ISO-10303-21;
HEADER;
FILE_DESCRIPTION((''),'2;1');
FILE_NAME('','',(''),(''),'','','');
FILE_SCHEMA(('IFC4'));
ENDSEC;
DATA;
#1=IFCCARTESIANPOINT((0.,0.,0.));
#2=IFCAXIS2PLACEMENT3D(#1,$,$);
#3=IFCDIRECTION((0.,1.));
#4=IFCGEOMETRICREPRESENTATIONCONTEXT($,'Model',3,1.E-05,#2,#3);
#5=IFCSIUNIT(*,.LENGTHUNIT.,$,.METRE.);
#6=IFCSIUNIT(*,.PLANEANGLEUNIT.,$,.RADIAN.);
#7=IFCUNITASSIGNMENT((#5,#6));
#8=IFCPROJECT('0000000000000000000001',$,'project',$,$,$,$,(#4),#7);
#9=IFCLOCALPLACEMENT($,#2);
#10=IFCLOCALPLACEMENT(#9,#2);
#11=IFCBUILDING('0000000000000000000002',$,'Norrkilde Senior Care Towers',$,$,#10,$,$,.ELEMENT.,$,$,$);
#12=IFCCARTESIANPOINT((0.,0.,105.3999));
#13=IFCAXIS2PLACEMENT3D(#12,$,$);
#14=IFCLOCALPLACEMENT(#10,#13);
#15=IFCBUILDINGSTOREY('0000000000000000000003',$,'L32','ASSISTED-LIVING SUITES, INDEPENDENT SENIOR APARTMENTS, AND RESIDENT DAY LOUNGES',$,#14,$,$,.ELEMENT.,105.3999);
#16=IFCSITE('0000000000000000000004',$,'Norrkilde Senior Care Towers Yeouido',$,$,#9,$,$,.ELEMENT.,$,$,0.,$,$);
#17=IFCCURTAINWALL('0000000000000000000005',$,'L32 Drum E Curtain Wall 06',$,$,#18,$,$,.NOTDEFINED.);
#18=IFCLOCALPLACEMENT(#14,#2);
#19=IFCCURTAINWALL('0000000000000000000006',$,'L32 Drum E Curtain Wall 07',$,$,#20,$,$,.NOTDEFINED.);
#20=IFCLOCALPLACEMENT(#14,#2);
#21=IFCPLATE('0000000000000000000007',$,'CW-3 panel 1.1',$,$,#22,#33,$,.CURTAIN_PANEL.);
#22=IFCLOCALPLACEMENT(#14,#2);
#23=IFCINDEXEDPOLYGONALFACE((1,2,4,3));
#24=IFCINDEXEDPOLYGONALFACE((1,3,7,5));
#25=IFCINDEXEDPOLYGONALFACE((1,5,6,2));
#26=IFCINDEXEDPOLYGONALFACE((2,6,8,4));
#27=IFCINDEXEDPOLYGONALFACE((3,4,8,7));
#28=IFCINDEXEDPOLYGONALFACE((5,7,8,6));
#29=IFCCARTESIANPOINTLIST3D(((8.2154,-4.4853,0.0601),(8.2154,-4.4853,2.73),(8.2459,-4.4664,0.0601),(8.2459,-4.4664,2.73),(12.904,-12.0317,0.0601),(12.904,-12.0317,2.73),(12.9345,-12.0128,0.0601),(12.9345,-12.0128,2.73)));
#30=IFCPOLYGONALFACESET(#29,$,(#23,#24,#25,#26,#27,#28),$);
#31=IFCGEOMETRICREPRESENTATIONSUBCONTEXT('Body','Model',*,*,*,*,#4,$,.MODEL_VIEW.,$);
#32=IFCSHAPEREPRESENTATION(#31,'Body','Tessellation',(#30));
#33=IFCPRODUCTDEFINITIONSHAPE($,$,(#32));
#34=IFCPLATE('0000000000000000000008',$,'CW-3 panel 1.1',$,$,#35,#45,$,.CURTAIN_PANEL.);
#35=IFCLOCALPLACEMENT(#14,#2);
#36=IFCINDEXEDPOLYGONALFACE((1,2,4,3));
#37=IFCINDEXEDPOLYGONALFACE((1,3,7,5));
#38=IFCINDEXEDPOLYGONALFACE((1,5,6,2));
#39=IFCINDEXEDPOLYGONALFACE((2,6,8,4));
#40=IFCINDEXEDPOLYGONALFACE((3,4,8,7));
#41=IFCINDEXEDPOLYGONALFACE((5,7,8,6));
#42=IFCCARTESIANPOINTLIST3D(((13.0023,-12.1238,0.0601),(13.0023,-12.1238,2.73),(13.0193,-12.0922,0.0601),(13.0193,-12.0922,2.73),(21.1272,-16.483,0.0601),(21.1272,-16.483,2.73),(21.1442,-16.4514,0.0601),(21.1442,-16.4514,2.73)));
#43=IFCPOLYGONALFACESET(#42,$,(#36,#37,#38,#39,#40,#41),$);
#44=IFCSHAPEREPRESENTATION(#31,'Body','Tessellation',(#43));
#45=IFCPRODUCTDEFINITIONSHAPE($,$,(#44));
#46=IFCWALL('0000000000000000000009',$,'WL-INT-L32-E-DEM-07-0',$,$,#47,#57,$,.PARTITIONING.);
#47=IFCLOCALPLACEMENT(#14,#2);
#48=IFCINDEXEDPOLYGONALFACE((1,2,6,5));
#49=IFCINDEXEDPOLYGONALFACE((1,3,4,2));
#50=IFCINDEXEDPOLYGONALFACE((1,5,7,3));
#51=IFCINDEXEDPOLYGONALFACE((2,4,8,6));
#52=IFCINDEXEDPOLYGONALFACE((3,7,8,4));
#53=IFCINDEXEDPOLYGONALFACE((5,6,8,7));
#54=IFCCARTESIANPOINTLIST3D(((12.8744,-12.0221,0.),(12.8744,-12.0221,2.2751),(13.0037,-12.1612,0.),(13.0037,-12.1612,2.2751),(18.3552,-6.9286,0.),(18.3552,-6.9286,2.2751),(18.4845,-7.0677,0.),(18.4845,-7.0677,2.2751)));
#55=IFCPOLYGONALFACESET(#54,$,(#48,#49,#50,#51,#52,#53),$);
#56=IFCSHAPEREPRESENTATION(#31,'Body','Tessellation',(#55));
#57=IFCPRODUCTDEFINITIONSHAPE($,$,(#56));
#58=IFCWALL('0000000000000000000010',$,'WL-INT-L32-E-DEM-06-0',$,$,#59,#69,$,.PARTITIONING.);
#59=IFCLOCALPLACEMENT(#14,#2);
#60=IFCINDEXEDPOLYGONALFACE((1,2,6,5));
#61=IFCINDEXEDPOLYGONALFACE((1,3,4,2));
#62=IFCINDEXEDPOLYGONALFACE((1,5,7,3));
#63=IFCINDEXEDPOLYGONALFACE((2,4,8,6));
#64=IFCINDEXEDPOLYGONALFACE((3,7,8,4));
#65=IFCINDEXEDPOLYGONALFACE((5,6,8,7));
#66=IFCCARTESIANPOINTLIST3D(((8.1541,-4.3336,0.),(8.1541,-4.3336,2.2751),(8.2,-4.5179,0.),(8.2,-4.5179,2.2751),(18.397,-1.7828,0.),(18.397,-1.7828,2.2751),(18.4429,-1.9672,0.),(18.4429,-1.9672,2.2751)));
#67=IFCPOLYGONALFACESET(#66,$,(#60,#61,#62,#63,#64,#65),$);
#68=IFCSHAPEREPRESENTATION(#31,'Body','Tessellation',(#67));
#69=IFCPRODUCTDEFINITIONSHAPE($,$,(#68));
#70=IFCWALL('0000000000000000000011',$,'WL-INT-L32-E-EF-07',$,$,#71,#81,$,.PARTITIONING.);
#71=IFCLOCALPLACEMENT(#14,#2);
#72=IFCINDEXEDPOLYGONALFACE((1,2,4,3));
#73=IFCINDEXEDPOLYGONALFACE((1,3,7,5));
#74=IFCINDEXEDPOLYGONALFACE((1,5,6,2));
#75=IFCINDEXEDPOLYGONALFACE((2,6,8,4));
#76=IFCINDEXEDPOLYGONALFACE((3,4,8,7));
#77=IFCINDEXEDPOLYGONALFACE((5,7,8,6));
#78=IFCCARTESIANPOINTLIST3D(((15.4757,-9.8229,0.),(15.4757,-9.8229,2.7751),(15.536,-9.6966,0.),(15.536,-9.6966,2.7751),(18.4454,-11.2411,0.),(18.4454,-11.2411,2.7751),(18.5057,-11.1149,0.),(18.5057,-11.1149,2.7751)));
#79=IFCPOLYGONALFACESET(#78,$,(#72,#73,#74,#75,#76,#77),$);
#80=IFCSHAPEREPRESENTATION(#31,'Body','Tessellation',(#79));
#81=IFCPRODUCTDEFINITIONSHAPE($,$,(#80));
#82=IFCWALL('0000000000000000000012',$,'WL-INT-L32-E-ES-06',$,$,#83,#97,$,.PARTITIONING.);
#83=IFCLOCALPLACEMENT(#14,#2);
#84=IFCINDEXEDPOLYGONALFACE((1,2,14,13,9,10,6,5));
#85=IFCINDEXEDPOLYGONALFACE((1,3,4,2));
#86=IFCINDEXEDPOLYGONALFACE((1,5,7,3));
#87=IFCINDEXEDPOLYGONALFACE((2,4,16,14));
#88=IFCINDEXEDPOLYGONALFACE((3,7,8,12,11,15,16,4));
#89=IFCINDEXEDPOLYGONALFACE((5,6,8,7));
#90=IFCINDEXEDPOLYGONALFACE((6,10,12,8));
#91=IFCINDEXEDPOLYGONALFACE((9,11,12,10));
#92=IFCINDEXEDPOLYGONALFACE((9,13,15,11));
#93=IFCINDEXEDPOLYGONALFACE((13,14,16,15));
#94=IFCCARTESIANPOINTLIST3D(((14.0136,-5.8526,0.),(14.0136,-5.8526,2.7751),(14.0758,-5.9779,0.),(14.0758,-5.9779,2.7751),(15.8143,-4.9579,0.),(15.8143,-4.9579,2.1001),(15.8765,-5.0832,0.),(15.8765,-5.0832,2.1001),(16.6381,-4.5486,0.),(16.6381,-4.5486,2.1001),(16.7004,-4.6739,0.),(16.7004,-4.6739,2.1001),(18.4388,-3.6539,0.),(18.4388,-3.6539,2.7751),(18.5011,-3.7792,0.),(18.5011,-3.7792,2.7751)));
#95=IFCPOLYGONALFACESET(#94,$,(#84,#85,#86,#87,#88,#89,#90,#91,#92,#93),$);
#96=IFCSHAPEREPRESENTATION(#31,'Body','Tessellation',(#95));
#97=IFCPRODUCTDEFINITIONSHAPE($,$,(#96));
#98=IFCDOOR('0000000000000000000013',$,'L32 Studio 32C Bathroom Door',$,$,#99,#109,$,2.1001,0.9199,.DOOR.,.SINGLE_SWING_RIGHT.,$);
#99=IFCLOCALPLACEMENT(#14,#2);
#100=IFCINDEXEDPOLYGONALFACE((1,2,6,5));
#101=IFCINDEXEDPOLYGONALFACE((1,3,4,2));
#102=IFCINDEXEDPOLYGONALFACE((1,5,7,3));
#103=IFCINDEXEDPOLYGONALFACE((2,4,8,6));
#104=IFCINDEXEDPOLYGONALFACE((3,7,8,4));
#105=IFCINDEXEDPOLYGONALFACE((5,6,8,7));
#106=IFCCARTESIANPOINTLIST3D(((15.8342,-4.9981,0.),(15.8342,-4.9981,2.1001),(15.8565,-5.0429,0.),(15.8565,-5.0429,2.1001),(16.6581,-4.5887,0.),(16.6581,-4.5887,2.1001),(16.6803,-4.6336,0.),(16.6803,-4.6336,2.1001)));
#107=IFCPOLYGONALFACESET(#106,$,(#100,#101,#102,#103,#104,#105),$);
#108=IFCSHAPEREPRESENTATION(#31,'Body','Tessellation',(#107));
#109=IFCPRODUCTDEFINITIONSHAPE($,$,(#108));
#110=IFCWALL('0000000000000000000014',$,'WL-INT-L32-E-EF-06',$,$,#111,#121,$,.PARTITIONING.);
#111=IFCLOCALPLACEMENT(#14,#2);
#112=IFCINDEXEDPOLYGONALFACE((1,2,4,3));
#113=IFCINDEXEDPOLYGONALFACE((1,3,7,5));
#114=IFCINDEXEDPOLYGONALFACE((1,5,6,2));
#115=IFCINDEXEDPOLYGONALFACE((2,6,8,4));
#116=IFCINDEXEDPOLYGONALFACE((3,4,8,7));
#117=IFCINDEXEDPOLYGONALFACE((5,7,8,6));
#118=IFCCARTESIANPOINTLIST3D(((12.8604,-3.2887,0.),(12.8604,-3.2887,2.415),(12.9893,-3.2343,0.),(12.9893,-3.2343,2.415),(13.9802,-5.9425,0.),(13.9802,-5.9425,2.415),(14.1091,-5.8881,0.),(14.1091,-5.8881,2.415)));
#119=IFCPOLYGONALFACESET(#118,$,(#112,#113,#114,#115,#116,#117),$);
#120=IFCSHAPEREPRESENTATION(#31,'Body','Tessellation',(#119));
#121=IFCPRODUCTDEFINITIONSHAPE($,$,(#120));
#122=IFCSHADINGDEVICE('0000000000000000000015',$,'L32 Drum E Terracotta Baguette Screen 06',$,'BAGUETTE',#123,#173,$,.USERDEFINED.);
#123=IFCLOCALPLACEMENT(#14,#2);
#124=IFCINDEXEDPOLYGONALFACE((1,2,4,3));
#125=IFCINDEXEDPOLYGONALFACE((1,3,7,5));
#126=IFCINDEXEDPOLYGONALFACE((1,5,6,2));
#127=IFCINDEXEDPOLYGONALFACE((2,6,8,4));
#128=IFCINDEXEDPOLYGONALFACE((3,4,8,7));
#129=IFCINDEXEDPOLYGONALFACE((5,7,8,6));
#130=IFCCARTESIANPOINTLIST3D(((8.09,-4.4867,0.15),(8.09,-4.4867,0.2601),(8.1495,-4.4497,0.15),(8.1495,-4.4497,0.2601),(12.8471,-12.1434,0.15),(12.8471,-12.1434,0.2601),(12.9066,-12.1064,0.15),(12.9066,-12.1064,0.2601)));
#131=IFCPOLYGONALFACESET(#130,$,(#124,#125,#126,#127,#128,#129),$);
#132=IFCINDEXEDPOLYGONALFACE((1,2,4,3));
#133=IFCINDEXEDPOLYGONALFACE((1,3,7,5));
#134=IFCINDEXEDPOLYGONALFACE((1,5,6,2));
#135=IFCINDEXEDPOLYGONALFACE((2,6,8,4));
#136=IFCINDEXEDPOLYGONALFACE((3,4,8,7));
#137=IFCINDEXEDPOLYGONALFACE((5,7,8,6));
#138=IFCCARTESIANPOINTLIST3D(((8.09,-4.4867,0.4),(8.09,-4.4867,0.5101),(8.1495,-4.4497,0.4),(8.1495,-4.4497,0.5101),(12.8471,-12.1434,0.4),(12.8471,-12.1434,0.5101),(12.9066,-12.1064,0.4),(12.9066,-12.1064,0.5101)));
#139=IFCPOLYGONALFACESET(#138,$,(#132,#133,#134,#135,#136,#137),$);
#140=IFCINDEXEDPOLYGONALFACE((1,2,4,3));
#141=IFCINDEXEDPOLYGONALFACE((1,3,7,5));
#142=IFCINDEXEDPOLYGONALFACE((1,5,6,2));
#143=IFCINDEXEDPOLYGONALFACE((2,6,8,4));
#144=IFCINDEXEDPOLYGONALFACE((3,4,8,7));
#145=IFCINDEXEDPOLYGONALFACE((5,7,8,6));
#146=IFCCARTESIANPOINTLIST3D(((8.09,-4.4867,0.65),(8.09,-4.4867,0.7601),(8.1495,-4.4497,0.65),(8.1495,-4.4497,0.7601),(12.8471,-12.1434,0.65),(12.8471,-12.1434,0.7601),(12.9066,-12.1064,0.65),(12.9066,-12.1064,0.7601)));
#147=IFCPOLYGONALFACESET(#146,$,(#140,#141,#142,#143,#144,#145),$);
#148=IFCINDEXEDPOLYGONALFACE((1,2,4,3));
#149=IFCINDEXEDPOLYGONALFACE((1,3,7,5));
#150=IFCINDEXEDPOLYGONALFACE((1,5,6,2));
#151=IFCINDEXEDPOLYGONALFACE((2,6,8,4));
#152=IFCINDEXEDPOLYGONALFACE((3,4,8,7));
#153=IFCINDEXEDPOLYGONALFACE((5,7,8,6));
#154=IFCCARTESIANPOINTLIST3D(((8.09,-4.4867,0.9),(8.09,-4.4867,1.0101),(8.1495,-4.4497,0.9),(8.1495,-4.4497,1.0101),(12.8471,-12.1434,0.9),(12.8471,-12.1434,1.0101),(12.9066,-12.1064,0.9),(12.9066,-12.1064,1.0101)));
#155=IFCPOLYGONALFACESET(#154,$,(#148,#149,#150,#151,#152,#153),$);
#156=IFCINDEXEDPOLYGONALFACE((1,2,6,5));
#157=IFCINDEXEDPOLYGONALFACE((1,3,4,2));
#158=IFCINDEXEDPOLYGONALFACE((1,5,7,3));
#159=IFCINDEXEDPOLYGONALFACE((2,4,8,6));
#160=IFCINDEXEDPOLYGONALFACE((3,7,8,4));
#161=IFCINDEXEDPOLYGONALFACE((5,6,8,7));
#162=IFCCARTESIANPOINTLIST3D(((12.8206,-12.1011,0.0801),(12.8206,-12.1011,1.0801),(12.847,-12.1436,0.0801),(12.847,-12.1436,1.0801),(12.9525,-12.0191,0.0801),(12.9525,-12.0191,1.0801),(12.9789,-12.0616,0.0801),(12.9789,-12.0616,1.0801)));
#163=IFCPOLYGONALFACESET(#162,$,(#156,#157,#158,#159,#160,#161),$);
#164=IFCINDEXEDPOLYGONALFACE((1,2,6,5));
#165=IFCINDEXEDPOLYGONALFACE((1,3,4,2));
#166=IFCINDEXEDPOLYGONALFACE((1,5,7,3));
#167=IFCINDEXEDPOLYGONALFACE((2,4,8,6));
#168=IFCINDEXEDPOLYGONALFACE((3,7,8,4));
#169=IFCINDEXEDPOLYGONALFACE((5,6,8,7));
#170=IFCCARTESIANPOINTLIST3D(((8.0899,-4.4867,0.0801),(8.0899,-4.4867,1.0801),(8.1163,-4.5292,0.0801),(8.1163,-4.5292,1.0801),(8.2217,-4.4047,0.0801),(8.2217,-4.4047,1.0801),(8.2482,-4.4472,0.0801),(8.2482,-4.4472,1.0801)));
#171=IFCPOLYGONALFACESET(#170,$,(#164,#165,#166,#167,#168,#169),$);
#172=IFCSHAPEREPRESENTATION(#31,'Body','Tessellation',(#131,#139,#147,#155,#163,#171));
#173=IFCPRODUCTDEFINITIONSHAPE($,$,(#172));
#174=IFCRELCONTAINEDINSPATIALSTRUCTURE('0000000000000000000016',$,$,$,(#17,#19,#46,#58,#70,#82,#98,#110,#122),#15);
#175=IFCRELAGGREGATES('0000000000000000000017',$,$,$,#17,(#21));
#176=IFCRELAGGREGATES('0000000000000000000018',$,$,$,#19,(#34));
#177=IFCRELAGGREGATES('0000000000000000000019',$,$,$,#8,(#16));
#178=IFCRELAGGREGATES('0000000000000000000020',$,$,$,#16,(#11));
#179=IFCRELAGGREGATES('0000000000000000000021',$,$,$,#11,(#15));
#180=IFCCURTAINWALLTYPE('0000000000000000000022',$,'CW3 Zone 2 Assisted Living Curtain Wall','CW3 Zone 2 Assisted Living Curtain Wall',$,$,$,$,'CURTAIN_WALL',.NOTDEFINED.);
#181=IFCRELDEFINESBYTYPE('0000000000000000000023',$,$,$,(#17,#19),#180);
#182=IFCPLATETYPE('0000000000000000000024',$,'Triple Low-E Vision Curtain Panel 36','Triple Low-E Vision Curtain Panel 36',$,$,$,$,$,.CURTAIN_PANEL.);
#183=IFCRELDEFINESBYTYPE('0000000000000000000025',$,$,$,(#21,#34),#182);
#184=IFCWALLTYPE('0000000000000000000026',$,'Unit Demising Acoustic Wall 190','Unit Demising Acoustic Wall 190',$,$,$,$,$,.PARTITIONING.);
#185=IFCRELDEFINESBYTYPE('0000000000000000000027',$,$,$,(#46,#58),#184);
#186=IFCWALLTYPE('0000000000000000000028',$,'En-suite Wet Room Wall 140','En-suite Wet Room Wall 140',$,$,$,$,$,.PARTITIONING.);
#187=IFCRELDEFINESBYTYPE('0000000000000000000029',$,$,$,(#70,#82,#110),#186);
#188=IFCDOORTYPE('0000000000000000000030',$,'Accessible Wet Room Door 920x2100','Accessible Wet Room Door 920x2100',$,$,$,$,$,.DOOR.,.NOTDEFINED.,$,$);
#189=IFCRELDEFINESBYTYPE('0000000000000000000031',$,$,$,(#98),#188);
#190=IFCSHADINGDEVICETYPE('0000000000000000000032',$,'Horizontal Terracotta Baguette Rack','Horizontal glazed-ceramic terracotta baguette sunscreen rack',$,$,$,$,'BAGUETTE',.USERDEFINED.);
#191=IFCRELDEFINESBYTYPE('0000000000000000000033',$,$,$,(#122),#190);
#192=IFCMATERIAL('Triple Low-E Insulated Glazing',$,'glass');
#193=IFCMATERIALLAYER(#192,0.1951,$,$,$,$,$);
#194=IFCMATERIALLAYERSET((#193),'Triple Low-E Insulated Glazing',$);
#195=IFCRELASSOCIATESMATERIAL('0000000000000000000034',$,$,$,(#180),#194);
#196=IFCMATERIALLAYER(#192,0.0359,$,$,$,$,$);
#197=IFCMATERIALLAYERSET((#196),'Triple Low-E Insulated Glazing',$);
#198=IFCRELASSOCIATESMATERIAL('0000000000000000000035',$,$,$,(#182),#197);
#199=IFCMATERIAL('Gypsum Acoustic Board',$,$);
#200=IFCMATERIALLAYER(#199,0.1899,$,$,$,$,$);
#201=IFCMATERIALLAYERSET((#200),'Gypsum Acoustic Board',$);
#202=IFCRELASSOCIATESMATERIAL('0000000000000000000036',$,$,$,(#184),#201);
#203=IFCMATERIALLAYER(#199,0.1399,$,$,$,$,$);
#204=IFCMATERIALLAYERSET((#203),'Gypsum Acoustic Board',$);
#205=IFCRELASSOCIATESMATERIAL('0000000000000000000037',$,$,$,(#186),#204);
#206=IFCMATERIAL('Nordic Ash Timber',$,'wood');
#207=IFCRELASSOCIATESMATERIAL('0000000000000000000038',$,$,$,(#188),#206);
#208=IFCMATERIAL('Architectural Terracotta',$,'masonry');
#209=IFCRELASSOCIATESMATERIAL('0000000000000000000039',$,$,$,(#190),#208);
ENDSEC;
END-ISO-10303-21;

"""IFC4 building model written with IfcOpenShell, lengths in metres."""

from ifc_helpers import new_model, si_unit, direction, frame, frame_2d, origin, origin_2d, place, context, subcontext, project, spatial, rectangle, extrude, source, transform, mapped, material, layer, layer_set, type_object, type_shapes, element, fill, aggregate, save


model = new_model("IFC4")

# Units and contexts
model_context = context("Model", 3, precision=1e-05, world=origin(), true_north=direction((0.0, 1.0)))
body_context = subcontext(model_context, "Body", "Model", "MODEL_VIEW")
ifc_project = project(units=[si_unit("LENGTHUNIT", "METRE"), si_unit("PLANEANGLEUNIT", "RADIAN")], contexts=[model_context])

# Site, building, storey
site_placement = place(None, origin())
site = spatial("IfcSite", under=ifc_project, at=site_placement, Name="Norrkilde Senior Care Towers Yeouido", CompositionType="ELEMENT", RefElevation=0.0)
building_placement = place(site_placement, origin())
building = spatial("IfcBuilding", under=site, at=building_placement, Name="Norrkilde Senior Care Towers", CompositionType="ELEMENT")
storey_placement = place(building_placement, frame((0.0, 0.0, 105.3999)))
storey = spatial("IfcBuildingStorey", under=building, at=storey_placement, Name="L32", Description="ASSISTED-LIVING SUITES, INDEPENDENT SENIOR APARTMENTS, AND RESIDENT DAY LOUNGES", CompositionType="ELEMENT", Elevation=105.3999)

# Shared definitions
ifc_material_1 = material(Name="Triple Low-E Insulated Glazing", Category="glass")
ifc_layer_1 = layer(ifc_material_1, 0.1951)
ifc_layer_set_1 = layer_set([ifc_layer_1], Name="Triple Low-E Insulated Glazing")
curtain_wall_type = type_object("IfcCurtainWallType", Name="CW3 Zone 2 Assisted Living Curtain Wall", Description="CW3 Zone 2 Assisted Living Curtain Wall", ElementType="CURTAIN_WALL", PredefinedType="NOTDEFINED", material=ifc_layer_set_1)

# Curtain wall
curtain_wall_1_placement = place(storey_placement, origin())
curtain_wall_1 = element("IfcCurtainWall", 1, at=curtain_wall_1_placement, inside=storey, type_object=curtain_wall_type, Name="L32 Drum E Curtain Wall 06", PredefinedType="NOTDEFINED")

# Curtain wall
curtain_wall_2_placement = place(storey_placement, origin())
curtain_wall_2 = element("IfcCurtainWall", 2, at=curtain_wall_2_placement, inside=storey, type_object=curtain_wall_type, Name="L32 Drum E Curtain Wall 07", PredefinedType="NOTDEFINED")

# Plates
ifc_layer_2 = layer(ifc_material_1, 0.0359)
ifc_layer_set_2 = layer_set([ifc_layer_2], Name="Triple Low-E Insulated Glazing")
plate_type = type_object("IfcPlateType", Name="Triple Low-E Vision Curtain Panel 36", Description="Triple Low-E Vision Curtain Panel 36", PredefinedType="CURTAIN_PANEL", material=ifc_layer_set_2)
shared_shape_1 = source(origin(), body_context, "Body", "SweptSolid", [
    extrude(rectangle(XDim=8.8843, YDim=0.0359, at=origin_2d()), origin(), (0.0, 0.0, 1.0), 2.6699),
])
plate_1_placement = place(storey_placement, frame((10.575, -8.249, 0.0601), z_axis=(0.0, 0.0, 1.0), x_axis=(-0.527733, 0.84941, 0.0)))
plate_1 = element("IfcPlate", 3, at=plate_1_placement, type_object=plate_type, Name="CW-3 panel 1.1", PredefinedType="CURTAIN_PANEL", context=body_context, shape_type="MappedRepresentation", body=[
    mapped(shared_shape_1, transform((0.0, 0.0, 0.0), x_axis=(1.0, 0.0, 0.0), y_axis=(0.0, 1.0, 0.0), z_axis=(0.0, 0.0, 1.0), scale=1.0)),
])
aggregate(curtain_wall_1, [plate_1])
shared_shape_2 = source(origin(), body_context, "Body", "SweptSolid", [
    extrude(rectangle(XDim=9.2205, YDim=0.0359, at=origin_2d()), origin(), (0.0, 0.0, 1.0), 2.6699),
])
type_shapes(plate_type, [shared_shape_1, shared_shape_2])
plate_2_placement = place(storey_placement, frame((17.0732, -14.2876, 0.0601), z_axis=(0.0, 0.0, 1.0), x_axis=(-0.881186, 0.472769, 0.0)))
plate_2 = element("IfcPlate", 4, at=plate_2_placement, type_object=plate_type, Name="CW-3 panel 1.1", PredefinedType="CURTAIN_PANEL", context=body_context, shape_type="MappedRepresentation", body=[
    mapped(shared_shape_2, transform((0.0, 0.0, 0.0), x_axis=(1.0, 0.0, 0.0), y_axis=(0.0, 1.0, 0.0), z_axis=(0.0, 0.0, 1.0), scale=1.0)),
])
aggregate(curtain_wall_2, [plate_2])

# Shared definitions
ifc_material_2 = material(Name="Gypsum Acoustic Board")
ifc_material_3 = material(Name="Nordic Ash Timber", Category="wood")

# Walls
ifc_layer_3 = layer(ifc_material_2, 0.1899)
ifc_layer_set_3 = layer_set([ifc_layer_3], Name="Gypsum Acoustic Board")
wall_type_1 = type_object("IfcWallType", Name="Unit Demising Acoustic Wall 190", Description="Unit Demising Acoustic Wall 190", PredefinedType="PARTITIONING", material=ifc_layer_set_3)
shared_shape_3 = source(origin(), body_context, "Body", "SweptSolid", [
    extrude(rectangle(XDim=7.4822, YDim=0.1899, at=frame_2d((3.7412, 0.0))), origin(), (0.0, 0.0, 1.0), 2.2751),
])
wall_1_placement = place(storey_placement, frame((18.4199, -6.998, 0.0), z_axis=(0.0, 0.0, 1.0), x_axis=(-0.732509, -0.680758, 0.0)))
element("IfcWall", 5, at=wall_1_placement, inside=storey, type_object=wall_type_1, Name="WL-INT-L32-E-DEM-07-0", PredefinedType="PARTITIONING", context=body_context, shape_type="MappedRepresentation", body=[
    mapped(shared_shape_3, transform((0.0, 0.0, 0.0), x_axis=(1.0, 0.0, 0.0), y_axis=(0.0, 1.0, 0.0), z_axis=(0.0, 0.0, 1.0), scale=1.0)),
])
shared_shape_4 = source(origin(), body_context, "Body", "SweptSolid", [
    extrude(rectangle(XDim=10.5557, YDim=0.1899, at=frame_2d((5.2778, 0.0))), origin(), (0.0, 0.0, 1.0), 2.2751),
])
type_shapes(wall_type_1, [shared_shape_3, shared_shape_4])
wall_2_placement = place(storey_placement, frame((18.4199, -1.875, 0.0), z_axis=(0.0, 0.0, 1.0), x_axis=(-0.970364, -0.241648, 0.0)))
element("IfcWall", 6, at=wall_2_placement, inside=storey, type_object=wall_type_1, Name="WL-INT-L32-E-DEM-06-0", PredefinedType="PARTITIONING", context=body_context, shape_type="MappedRepresentation", body=[
    mapped(shared_shape_4, transform((0.0, 0.0, 0.0), x_axis=(1.0, 0.0, 0.0), y_axis=(0.0, 1.0, 0.0), z_axis=(0.0, 0.0, 1.0), scale=1.0)),
])
ifc_layer_4 = layer(ifc_material_2, 0.1399)
ifc_layer_set_4 = layer_set([ifc_layer_4], Name="Gypsum Acoustic Board")
wall_type_2 = type_object("IfcWallType", Name="En-suite Wet Room Wall 140", Description="En-suite Wet Room Wall 140", PredefinedType="PARTITIONING", material=ifc_layer_set_4)
shared_shape_5 = source(origin(), body_context, "Body", "SweptSolid", [
    extrude(rectangle(XDim=3.291, YDim=0.1399, at=frame_2d((1.6455, 0.0))), origin(), (0.0, 0.0, 1.0), 2.7751),
])
wall_3_placement = place(storey_placement, frame((18.4756, -11.178, 0.0), z_axis=(0.0, 0.0, 1.0), x_axis=(-0.902381, 0.430938, 0.0)))
element("IfcWall", 7, at=wall_3_placement, inside=storey, type_object=wall_type_2, Name="WL-INT-L32-E-EF-07", PredefinedType="PARTITIONING", context=body_context, shape_type="MappedRepresentation", body=[
    mapped(shared_shape_5, transform((0.0, 0.0, 0.0), x_axis=(1.0, 0.0, 0.0), y_axis=(0.0, 1.0, 0.0), z_axis=(0.0, 0.0, 1.0), scale=1.0)),
])

# Wall, opening, door
shared_shape_6 = source(origin(), body_context, "Body", "SweptSolid", [
    extrude(rectangle(XDim=4.9414, YDim=0.1399, at=frame_2d((2.4707, 0.0))), origin(), (0.0, 0.0, 1.0), 2.7751),
])
wall_4_placement = place(storey_placement, frame((18.47, -3.7166, 0.0), z_axis=(0.0, 0.0, 1.0), x_axis=(-0.895551, -0.444959, 0.0)))
wall_4 = element("IfcWall", 8, at=wall_4_placement, inside=storey, type_object=wall_type_2, Name="WL-INT-L32-E-ES-06", PredefinedType="PARTITIONING", context=body_context, shape_type="MappedRepresentation", body=[
    mapped(shared_shape_6, transform((0.0, 0.0, 0.0), x_axis=(1.0, 0.0, 0.0), y_axis=(0.0, 1.0, 0.0), z_axis=(0.0, 0.0, 1.0), scale=1.0)),
])
opening_1_placement = place(wall_4_placement, frame((2.0107, 0.0, 0.0)))
opening_1 = element("IfcOpeningElement", 9, at=opening_1_placement, cuts=wall_4, PredefinedType="OPENING", context=body_context, shape_type="SweptSolid", body=[
    extrude(rectangle(XDim=0.9199, YDim=2.1001, at=frame_2d((0.46, 1.05))), frame((0.0, 0.0798, 0.0), z_axis=(0.0, -1.0, 0.0), x_axis=(1.0, 0.0, 0.0)), (0.0, 0.0, 1.0), 0.1599),
])
door_type_1 = type_object("IfcDoorType", Name="Accessible Wet Room Door 920x2100", Description="Accessible Wet Room Door 920x2100", OperationType="NOTDEFINED", PredefinedType="DOOR", material=ifc_material_3)
shared_shape_7 = source(origin(), body_context, "Body", "SweptSolid", [
    extrude(rectangle(XDim=0.9199, YDim=2.1001, at=frame_2d((0.46, 1.05))), frame((0.0, 0.0249, 0.0), z_axis=(0.0, -1.0, 0.0), x_axis=(1.0, 0.0, 0.0)), (0.0, 0.0, 1.0), 0.05),
])
type_shapes(door_type_1, [shared_shape_7])
door_1_placement = place(opening_1_placement, origin())
door_1 = element("IfcDoor", 10, at=door_1_placement, inside=storey, type_object=door_type_1, Name="L32 Studio 32C Bathroom Door", OperationType="SINGLE_SWING_RIGHT", OverallHeight=2.1001, OverallWidth=0.9199, PredefinedType="DOOR", context=body_context, shape_type="MappedRepresentation", body=[
    mapped(shared_shape_7, transform((0.0, 0.0, 0.0), x_axis=(1.0, 0.0, 0.0), y_axis=(0.0, 1.0, 0.0), z_axis=(0.0, 0.0, 1.0), scale=1.0)),
])
fill(opening_1, door_1)

# Wall
shared_shape_8 = source(origin(), body_context, "Body", "SweptSolid", [
    extrude(rectangle(XDim=2.8804, YDim=0.1399, at=frame_2d((1.4402, 0.0))), origin(), (0.0, 0.0, 1.0), 2.415),
])
type_shapes(wall_type_2, [shared_shape_5, shared_shape_6, shared_shape_8])
wall_5_placement = place(storey_placement, frame((14.0447, -5.9153, 0.0), z_axis=(0.0, 0.0, 1.0), x_axis=(-0.388788, 0.921327, 0.0)))
element("IfcWall", 11, at=wall_5_placement, inside=storey, type_object=wall_type_2, Name="WL-INT-L32-E-EF-06", PredefinedType="PARTITIONING", context=body_context, shape_type="MappedRepresentation", body=[
    mapped(shared_shape_8, transform((0.0, 0.0, 0.0), x_axis=(1.0, 0.0, 0.0), y_axis=(0.0, 1.0, 0.0), z_axis=(0.0, 0.0, 1.0), scale=1.0)),
])

# Shading device
ifc_material_4 = material(Name="Architectural Terracotta", Category="masonry")
shading_device_type = type_object("IfcShadingDeviceType", Name="Horizontal Terracotta Baguette Rack", Description="Horizontal glazed-ceramic terracotta baguette sunscreen rack", ElementType="BAGUETTE", PredefinedType="USERDEFINED", material=ifc_material_4)
shared_shape_9 = source(origin(), body_context, "Body", "SweptSolid", [
    extrude(rectangle(XDim=0.0701, YDim=0.1101, at=origin_2d()), frame((0.0, 0.0901, 0.125), z_axis=(1.0, 0.0, 0.0), x_axis=(0.0, 1.0, 0.0)), (0.0, 0.0, 1.0), 9.0142),
    extrude(rectangle(XDim=0.0701, YDim=0.1101, at=origin_2d()), frame((0.0, 0.0901, 0.375), z_axis=(1.0, 0.0, 0.0), x_axis=(0.0, 1.0, 0.0)), (0.0, 0.0, 1.0), 9.0142),
    extrude(rectangle(XDim=0.0701, YDim=0.1101, at=origin_2d()), frame((0.0, 0.0901, 0.625), z_axis=(1.0, 0.0, 0.0), x_axis=(0.0, 1.0, 0.0)), (0.0, 0.0, 1.0), 9.0142),
    extrude(rectangle(XDim=0.0701, YDim=0.1101, at=origin_2d()), frame((0.0, 0.0901, 0.875), z_axis=(1.0, 0.0, 0.0), x_axis=(0.0, 1.0, 0.0)), (0.0, 0.0, 1.0), 9.0142),
    extrude(rectangle(XDim=0.05, YDim=0.1553, at=origin_2d()), frame((0.0249, 0.0476, 0.0)), (0.0, 0.0, 1.0), 1.0),
    extrude(rectangle(XDim=0.05, YDim=0.1553, at=origin_2d()), frame((8.9893, 0.0476, 0.0)), (0.0, 0.0, 1.0), 1.0),
])
type_shapes(shading_device_type, [shared_shape_9])
shading_device_placement = place(storey_placement, frame((12.9534, -12.0774, 0.0801), z_axis=(0.0, 0.0, 1.0), x_axis=(-0.527734, 0.849412, 0.0)))
element("IfcShadingDevice", 12, at=shading_device_placement, inside=storey, type_object=shading_device_type, Name="L32 Drum E Terracotta Baguette Screen 06", ObjectType="BAGUETTE", PredefinedType="USERDEFINED", context=body_context, shape_type="MappedRepresentation", body=[
    mapped(shared_shape_9, transform((0.0, 0.0, 0.0), x_axis=(1.0, 0.0, 0.0), y_axis=(0.0, 1.0, 0.0), z_axis=(0.0, 0.0, 1.0), scale=1.0)),
])

save(model, "model.ifc")
